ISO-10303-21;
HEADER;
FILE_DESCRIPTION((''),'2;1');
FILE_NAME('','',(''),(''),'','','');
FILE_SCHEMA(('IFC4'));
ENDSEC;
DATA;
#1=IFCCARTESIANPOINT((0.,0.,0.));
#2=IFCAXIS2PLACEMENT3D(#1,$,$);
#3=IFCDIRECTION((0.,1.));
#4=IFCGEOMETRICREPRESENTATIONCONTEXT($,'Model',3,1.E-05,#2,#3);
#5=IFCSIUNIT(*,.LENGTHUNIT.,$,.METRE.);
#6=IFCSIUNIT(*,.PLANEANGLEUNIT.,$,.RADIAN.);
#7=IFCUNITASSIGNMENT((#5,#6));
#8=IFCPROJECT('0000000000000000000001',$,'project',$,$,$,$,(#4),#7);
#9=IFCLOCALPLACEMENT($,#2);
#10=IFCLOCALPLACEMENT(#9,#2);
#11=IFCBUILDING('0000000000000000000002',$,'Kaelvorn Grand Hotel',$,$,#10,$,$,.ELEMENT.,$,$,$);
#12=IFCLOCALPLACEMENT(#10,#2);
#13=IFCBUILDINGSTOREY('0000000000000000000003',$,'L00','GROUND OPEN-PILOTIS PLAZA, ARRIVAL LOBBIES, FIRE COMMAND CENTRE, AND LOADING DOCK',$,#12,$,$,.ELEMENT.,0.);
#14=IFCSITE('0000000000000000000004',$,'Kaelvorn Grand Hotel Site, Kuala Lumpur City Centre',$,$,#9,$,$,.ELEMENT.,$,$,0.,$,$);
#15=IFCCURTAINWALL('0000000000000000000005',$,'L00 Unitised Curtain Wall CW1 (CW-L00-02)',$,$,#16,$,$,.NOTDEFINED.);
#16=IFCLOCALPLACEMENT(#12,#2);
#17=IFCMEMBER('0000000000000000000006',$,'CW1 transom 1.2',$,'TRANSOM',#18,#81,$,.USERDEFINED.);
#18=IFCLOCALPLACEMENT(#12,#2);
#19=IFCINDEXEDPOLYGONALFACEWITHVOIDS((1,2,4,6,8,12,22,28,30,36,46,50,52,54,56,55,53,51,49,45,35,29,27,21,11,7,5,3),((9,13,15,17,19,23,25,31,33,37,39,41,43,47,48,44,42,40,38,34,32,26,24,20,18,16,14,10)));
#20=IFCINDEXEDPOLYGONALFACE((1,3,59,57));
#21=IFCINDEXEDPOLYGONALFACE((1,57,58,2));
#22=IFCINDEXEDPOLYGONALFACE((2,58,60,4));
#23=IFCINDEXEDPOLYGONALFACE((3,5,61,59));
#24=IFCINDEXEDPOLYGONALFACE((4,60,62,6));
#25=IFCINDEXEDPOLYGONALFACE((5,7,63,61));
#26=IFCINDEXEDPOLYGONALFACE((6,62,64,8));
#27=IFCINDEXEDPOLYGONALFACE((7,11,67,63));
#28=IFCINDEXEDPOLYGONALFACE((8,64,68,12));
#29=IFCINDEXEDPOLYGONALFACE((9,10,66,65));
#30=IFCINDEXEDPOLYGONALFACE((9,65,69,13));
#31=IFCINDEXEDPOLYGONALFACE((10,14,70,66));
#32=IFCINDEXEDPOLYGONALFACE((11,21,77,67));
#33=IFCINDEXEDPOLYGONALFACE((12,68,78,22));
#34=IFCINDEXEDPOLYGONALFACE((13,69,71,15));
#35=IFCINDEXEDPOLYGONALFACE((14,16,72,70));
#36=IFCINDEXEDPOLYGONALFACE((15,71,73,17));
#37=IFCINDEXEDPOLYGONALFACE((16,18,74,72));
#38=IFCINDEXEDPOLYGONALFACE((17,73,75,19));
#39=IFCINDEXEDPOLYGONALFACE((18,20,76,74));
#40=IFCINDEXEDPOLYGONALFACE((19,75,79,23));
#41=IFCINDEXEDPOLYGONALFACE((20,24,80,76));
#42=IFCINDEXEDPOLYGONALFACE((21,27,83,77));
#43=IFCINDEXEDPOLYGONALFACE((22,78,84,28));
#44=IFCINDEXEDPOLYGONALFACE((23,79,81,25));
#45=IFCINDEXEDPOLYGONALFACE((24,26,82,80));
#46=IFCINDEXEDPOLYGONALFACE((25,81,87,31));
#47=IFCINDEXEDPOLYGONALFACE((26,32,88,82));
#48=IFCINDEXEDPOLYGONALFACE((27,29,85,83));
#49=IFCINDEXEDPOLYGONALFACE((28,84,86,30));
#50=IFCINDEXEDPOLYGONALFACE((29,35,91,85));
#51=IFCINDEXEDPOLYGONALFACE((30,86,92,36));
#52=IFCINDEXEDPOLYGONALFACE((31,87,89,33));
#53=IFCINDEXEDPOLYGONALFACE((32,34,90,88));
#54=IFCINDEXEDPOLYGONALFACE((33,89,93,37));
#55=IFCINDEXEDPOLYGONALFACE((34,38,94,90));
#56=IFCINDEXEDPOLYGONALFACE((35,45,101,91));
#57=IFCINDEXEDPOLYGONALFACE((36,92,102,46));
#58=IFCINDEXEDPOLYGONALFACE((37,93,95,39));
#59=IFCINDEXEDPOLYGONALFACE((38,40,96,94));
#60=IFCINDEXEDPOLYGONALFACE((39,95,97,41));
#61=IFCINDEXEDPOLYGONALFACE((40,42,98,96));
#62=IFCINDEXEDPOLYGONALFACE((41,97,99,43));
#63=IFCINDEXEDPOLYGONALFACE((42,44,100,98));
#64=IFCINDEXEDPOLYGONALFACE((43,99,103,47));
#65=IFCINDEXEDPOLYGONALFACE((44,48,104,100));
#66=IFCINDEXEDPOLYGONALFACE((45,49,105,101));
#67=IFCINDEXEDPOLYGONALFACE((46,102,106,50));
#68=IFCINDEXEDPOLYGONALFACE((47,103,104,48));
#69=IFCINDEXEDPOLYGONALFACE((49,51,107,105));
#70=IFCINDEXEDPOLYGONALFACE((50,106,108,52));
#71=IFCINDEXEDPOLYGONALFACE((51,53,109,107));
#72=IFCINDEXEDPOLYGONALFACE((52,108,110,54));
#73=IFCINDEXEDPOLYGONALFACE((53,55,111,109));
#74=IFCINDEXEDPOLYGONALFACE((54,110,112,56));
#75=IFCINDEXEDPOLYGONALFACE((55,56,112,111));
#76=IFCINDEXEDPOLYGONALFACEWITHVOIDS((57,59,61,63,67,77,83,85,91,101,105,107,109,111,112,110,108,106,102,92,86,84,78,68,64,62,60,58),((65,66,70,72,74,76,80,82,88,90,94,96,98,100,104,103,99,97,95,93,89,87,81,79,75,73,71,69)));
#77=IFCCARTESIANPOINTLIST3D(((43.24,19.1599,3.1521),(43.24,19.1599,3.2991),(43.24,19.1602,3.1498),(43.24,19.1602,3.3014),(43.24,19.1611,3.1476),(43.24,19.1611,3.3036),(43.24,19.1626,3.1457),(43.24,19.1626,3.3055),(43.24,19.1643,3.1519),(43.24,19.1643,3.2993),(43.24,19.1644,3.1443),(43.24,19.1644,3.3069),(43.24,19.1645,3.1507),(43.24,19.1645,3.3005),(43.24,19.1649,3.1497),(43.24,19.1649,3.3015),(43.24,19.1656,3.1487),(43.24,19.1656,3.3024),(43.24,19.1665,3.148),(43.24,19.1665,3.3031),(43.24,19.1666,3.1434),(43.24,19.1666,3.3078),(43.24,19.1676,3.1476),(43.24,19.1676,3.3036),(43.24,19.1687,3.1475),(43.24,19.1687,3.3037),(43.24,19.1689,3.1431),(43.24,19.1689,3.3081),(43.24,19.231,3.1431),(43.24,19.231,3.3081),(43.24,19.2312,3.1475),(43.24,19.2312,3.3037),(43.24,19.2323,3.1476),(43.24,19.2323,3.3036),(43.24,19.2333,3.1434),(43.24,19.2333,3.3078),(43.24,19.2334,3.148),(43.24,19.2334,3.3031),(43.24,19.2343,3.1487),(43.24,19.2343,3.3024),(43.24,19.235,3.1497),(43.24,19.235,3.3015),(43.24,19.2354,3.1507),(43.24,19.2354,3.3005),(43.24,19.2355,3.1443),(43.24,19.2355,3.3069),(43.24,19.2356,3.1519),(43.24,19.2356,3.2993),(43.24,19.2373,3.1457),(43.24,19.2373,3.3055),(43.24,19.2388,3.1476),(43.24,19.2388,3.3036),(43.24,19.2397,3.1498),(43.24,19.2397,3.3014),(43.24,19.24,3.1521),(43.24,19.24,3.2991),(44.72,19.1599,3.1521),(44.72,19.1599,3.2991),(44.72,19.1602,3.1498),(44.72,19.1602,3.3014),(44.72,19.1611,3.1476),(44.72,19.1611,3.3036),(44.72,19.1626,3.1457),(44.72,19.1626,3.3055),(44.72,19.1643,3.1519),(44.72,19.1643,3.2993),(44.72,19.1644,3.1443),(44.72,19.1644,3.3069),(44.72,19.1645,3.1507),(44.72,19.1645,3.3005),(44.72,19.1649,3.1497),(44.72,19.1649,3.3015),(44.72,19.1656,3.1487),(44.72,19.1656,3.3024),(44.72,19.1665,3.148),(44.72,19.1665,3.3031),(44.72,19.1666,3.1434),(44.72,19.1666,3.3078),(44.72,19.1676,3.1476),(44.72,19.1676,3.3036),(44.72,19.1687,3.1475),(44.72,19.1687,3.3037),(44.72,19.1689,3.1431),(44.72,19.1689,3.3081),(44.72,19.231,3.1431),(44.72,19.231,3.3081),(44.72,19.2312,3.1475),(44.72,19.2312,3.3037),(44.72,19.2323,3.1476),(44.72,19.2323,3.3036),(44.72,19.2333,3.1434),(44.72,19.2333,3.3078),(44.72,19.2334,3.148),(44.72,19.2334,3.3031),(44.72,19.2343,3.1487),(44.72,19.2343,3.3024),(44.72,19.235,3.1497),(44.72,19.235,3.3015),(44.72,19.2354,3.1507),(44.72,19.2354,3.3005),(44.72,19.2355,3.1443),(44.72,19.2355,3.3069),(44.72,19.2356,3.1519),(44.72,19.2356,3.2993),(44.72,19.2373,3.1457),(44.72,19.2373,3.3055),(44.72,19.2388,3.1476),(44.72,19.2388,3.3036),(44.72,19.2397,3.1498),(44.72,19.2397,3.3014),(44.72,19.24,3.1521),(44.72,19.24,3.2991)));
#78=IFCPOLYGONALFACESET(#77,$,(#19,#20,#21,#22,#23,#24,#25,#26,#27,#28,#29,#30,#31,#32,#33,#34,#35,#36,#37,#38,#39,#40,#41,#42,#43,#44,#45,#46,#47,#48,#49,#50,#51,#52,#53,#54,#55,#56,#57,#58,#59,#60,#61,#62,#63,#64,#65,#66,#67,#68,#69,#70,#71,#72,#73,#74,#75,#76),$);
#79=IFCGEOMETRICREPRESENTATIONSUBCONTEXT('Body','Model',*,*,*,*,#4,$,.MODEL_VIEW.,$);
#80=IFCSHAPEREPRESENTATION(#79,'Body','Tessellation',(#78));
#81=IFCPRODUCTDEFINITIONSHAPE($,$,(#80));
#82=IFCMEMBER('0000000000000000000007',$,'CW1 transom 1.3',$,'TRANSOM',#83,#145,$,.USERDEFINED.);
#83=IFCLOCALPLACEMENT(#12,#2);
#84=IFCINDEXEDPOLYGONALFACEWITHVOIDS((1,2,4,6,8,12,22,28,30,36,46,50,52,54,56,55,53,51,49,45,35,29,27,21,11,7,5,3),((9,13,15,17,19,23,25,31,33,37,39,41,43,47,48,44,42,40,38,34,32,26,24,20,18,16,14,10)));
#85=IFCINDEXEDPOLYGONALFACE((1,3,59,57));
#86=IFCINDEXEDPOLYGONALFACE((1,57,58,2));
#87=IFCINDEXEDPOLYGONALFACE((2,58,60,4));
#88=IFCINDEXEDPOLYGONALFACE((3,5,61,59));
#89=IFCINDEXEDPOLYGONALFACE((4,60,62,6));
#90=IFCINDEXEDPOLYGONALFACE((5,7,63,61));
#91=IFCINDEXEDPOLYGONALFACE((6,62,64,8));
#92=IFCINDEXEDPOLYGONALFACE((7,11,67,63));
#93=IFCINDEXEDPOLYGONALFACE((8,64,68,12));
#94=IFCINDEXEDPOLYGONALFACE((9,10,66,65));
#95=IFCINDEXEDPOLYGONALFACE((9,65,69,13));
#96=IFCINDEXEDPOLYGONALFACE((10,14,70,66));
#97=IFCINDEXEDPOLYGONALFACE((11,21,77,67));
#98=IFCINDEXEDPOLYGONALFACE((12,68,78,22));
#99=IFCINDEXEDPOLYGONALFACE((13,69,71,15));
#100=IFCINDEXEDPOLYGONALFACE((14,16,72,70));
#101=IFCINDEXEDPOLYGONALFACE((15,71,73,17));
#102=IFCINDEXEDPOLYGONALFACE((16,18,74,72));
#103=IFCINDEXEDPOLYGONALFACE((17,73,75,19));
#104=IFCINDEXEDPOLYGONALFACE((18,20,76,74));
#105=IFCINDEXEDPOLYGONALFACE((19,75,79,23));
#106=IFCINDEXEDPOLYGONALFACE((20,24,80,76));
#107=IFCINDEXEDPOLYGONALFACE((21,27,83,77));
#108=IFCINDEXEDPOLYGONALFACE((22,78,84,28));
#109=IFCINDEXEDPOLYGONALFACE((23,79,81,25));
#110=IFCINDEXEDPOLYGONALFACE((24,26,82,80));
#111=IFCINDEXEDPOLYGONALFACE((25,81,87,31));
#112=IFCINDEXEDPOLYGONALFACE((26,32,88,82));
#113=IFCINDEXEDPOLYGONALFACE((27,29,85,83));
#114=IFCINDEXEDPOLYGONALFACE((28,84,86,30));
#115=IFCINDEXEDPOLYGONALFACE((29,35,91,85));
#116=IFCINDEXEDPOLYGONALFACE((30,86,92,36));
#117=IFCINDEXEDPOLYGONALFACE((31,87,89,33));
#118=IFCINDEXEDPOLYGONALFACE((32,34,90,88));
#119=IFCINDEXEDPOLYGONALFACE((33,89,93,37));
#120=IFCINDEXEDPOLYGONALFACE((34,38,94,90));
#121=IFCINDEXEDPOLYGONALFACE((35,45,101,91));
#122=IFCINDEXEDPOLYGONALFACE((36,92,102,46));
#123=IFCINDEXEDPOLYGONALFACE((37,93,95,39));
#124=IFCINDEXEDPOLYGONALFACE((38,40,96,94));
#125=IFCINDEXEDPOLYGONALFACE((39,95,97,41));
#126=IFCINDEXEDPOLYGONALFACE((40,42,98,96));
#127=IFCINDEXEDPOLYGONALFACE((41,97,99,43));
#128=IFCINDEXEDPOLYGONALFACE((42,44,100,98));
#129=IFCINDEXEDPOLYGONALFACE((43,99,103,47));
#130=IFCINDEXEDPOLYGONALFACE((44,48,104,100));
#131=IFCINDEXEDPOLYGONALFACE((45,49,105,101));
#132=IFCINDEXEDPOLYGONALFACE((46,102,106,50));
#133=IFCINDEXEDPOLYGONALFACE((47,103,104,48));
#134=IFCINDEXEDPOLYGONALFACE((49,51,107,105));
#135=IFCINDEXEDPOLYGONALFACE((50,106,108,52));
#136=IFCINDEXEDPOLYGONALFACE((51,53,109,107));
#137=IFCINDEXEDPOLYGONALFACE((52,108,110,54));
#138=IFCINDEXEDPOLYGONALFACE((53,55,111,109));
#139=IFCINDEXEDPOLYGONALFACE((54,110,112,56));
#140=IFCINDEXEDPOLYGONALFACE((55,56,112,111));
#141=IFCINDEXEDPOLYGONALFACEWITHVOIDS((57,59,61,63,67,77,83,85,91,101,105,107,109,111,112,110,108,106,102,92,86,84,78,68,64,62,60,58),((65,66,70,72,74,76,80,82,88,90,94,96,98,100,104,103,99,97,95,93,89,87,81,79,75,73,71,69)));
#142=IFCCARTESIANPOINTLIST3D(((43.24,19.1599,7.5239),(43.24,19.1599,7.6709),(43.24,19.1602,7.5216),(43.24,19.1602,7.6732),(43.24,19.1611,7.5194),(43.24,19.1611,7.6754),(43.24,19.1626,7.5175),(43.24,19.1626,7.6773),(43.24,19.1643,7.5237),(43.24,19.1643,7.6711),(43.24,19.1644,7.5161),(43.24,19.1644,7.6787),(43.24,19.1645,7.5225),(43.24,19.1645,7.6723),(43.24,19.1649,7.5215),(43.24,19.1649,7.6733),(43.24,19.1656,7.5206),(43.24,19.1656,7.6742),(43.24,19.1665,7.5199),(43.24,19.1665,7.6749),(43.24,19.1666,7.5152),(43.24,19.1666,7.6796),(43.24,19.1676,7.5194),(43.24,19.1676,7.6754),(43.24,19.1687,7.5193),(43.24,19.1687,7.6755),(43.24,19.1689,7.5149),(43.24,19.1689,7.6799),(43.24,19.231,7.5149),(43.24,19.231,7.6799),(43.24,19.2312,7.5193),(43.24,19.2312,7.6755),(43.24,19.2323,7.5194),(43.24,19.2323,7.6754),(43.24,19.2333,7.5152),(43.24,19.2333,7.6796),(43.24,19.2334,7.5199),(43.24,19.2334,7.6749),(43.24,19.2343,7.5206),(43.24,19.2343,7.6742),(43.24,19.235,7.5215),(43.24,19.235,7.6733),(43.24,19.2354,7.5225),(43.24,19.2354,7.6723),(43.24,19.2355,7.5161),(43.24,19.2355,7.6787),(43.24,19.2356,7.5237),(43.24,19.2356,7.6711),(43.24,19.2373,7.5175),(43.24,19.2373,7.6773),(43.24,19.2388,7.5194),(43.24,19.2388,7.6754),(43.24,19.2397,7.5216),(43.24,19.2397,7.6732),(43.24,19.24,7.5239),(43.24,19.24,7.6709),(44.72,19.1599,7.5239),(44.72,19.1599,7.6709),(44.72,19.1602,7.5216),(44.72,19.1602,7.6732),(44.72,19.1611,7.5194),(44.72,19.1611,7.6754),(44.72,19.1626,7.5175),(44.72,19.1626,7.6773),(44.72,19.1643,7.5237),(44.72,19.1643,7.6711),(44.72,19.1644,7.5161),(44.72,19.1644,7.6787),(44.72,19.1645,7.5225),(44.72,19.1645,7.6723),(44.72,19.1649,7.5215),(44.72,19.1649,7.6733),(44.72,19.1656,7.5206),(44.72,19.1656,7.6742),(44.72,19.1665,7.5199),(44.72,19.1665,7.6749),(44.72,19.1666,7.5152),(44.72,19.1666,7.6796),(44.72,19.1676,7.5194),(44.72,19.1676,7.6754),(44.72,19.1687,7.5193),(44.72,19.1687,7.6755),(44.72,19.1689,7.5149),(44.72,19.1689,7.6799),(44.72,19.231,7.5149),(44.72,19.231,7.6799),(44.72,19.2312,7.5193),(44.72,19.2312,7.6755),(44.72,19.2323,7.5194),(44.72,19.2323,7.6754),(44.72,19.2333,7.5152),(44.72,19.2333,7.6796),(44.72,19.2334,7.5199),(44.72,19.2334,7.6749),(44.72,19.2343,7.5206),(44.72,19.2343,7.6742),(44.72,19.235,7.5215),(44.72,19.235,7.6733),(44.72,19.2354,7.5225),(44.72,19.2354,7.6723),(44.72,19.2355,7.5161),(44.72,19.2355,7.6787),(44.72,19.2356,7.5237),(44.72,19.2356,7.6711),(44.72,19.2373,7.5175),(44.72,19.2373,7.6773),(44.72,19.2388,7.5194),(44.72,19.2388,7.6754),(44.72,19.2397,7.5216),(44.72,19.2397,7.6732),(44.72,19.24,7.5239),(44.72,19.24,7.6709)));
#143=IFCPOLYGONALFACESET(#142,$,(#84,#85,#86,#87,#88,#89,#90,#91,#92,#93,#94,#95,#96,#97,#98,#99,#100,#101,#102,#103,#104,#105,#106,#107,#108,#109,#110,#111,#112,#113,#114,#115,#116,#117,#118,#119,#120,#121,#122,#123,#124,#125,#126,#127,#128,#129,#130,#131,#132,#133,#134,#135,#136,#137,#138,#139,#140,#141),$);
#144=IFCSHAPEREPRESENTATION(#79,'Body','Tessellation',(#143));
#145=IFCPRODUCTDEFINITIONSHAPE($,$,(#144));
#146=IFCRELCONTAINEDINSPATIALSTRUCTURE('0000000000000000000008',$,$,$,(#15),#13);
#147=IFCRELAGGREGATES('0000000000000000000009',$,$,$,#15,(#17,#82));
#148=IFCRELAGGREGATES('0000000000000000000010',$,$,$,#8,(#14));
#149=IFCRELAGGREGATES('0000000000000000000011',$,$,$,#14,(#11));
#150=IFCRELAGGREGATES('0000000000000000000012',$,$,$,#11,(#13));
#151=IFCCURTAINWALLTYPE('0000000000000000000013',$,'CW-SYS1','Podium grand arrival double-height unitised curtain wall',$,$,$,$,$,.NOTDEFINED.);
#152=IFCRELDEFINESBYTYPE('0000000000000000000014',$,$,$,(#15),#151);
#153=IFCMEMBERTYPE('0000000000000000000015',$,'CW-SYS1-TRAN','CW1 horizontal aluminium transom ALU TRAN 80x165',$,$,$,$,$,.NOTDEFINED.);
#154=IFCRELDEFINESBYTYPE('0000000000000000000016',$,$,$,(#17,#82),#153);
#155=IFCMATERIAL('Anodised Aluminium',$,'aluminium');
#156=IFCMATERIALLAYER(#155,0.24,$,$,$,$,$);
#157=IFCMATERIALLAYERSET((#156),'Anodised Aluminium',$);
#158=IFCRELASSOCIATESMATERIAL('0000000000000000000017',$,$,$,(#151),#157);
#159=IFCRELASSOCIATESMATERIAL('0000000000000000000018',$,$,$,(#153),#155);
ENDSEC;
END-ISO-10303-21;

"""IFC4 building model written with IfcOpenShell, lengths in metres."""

from ifc_helpers import new_model, si_unit, direction, frame, origin, origin_2d, place, context, subcontext, project, spatial, hollow_rectangle, extrude, material, layer, layer_set, material_profile, profile_set, type_object, element, aggregate, save


model = new_model("IFC4")

# Units and contexts
model_context = context("Model", 3, precision=1e-05, world=origin(), true_north=direction((0.0, 1.0)))
body_context = subcontext(model_context, "Body", "Model", "MODEL_VIEW")
ifc_project = project(units=[si_unit("LENGTHUNIT", "METRE"), si_unit("PLANEANGLEUNIT", "RADIAN")], contexts=[model_context])

# Site, building, storey
site_placement = place(None, origin())
site = spatial("IfcSite", under=ifc_project, at=site_placement, Name="Kaelvorn Grand Hotel Site, Kuala Lumpur City Centre", CompositionType="ELEMENT", RefElevation=0.0)
building_placement = place(site_placement, origin())
building = spatial("IfcBuilding", under=site, at=building_placement, Name="Kaelvorn Grand Hotel", CompositionType="ELEMENT")
storey_placement = place(building_placement, origin())
storey = spatial("IfcBuildingStorey", under=building, at=storey_placement, Name="L00", Description="GROUND OPEN-PILOTIS PLAZA, ARRIVAL LOBBIES, FIRE COMMAND CENTRE, AND LOADING DOCK", CompositionType="ELEMENT", Elevation=0.0)

# Shared definitions
ifc_material_1 = material(Name="Anodised Aluminium", Category="aluminium")
ifc_layer_1 = layer(ifc_material_1, 0.24)
ifc_layer_set_1 = layer_set([ifc_layer_1], Name="Anodised Aluminium")
curtain_wall_type = type_object("IfcCurtainWallType", Name="CW-SYS1", Description="Podium grand arrival double-height unitised curtain wall", PredefinedType="NOTDEFINED", material=ifc_layer_set_1)

# Curtain wall, members
curtain_wall_1_placement = place(storey_placement, origin())
curtain_wall_1 = element("IfcCurtainWall", 1, at=curtain_wall_1_placement, inside=storey, type_object=curtain_wall_type, Name="L00 Unitised Curtain Wall CW1 (CW-L00-02)", PredefinedType="NOTDEFINED")
ifc_material_profile_1 = material_profile(ifc_material_1, hollow_rectangle(XDim=0.0801, YDim=0.165, WallThickness=0.0044, InnerFilletRadius=0.0044, OuterFilletRadius=0.009, at=origin_2d()), Name="ALU TRAN 80x165")
ifc_profile_set_1 = profile_set([ifc_material_profile_1], Name="Anodised Aluminium")
member_type_1 = type_object("IfcMemberType", Name="CW-SYS1-TRAN", Description="CW1 horizontal aluminium transom ALU TRAN 80x165", PredefinedType="NOTDEFINED", material=ifc_profile_set_1)
member_1_placement = place(storey_placement, frame((44.72, 19.2, 3.2256), z_axis=(-1.0, 0.0, 0.0), x_axis=(0.0, -1.0, 0.0)))
member_1 = element("IfcMember", 2, at=member_1_placement, type_object=member_type_1, Name="CW1 transom 1.2", ObjectType="TRANSOM", PredefinedType="USERDEFINED", context=body_context, shape_type="SweptSolid", body=[
    extrude(hollow_rectangle(XDim=0.0801, YDim=0.165, WallThickness=0.0044, InnerFilletRadius=0.0044, OuterFilletRadius=0.009, at=origin_2d()), origin(), (0.0, 0.0, 1.0), 1.48),
])
member_2_placement = place(storey_placement, frame((44.72, 19.2, 7.5974), z_axis=(-1.0, 0.0, 0.0), x_axis=(0.0, -1.0, 0.0)))
member_2 = element("IfcMember", 3, at=member_2_placement, type_object=member_type_1, Name="CW1 transom 1.3", ObjectType="TRANSOM", PredefinedType="USERDEFINED", context=body_context, shape_type="SweptSolid", body=[
    extrude(hollow_rectangle(XDim=0.0801, YDim=0.165, WallThickness=0.0044, InnerFilletRadius=0.0044, OuterFilletRadius=0.009, at=origin_2d()), origin(), (0.0, 0.0, 1.0), 1.48),
])

aggregate(curtain_wall_1, [member_1, member_2])

save(model, "model.ifc")
